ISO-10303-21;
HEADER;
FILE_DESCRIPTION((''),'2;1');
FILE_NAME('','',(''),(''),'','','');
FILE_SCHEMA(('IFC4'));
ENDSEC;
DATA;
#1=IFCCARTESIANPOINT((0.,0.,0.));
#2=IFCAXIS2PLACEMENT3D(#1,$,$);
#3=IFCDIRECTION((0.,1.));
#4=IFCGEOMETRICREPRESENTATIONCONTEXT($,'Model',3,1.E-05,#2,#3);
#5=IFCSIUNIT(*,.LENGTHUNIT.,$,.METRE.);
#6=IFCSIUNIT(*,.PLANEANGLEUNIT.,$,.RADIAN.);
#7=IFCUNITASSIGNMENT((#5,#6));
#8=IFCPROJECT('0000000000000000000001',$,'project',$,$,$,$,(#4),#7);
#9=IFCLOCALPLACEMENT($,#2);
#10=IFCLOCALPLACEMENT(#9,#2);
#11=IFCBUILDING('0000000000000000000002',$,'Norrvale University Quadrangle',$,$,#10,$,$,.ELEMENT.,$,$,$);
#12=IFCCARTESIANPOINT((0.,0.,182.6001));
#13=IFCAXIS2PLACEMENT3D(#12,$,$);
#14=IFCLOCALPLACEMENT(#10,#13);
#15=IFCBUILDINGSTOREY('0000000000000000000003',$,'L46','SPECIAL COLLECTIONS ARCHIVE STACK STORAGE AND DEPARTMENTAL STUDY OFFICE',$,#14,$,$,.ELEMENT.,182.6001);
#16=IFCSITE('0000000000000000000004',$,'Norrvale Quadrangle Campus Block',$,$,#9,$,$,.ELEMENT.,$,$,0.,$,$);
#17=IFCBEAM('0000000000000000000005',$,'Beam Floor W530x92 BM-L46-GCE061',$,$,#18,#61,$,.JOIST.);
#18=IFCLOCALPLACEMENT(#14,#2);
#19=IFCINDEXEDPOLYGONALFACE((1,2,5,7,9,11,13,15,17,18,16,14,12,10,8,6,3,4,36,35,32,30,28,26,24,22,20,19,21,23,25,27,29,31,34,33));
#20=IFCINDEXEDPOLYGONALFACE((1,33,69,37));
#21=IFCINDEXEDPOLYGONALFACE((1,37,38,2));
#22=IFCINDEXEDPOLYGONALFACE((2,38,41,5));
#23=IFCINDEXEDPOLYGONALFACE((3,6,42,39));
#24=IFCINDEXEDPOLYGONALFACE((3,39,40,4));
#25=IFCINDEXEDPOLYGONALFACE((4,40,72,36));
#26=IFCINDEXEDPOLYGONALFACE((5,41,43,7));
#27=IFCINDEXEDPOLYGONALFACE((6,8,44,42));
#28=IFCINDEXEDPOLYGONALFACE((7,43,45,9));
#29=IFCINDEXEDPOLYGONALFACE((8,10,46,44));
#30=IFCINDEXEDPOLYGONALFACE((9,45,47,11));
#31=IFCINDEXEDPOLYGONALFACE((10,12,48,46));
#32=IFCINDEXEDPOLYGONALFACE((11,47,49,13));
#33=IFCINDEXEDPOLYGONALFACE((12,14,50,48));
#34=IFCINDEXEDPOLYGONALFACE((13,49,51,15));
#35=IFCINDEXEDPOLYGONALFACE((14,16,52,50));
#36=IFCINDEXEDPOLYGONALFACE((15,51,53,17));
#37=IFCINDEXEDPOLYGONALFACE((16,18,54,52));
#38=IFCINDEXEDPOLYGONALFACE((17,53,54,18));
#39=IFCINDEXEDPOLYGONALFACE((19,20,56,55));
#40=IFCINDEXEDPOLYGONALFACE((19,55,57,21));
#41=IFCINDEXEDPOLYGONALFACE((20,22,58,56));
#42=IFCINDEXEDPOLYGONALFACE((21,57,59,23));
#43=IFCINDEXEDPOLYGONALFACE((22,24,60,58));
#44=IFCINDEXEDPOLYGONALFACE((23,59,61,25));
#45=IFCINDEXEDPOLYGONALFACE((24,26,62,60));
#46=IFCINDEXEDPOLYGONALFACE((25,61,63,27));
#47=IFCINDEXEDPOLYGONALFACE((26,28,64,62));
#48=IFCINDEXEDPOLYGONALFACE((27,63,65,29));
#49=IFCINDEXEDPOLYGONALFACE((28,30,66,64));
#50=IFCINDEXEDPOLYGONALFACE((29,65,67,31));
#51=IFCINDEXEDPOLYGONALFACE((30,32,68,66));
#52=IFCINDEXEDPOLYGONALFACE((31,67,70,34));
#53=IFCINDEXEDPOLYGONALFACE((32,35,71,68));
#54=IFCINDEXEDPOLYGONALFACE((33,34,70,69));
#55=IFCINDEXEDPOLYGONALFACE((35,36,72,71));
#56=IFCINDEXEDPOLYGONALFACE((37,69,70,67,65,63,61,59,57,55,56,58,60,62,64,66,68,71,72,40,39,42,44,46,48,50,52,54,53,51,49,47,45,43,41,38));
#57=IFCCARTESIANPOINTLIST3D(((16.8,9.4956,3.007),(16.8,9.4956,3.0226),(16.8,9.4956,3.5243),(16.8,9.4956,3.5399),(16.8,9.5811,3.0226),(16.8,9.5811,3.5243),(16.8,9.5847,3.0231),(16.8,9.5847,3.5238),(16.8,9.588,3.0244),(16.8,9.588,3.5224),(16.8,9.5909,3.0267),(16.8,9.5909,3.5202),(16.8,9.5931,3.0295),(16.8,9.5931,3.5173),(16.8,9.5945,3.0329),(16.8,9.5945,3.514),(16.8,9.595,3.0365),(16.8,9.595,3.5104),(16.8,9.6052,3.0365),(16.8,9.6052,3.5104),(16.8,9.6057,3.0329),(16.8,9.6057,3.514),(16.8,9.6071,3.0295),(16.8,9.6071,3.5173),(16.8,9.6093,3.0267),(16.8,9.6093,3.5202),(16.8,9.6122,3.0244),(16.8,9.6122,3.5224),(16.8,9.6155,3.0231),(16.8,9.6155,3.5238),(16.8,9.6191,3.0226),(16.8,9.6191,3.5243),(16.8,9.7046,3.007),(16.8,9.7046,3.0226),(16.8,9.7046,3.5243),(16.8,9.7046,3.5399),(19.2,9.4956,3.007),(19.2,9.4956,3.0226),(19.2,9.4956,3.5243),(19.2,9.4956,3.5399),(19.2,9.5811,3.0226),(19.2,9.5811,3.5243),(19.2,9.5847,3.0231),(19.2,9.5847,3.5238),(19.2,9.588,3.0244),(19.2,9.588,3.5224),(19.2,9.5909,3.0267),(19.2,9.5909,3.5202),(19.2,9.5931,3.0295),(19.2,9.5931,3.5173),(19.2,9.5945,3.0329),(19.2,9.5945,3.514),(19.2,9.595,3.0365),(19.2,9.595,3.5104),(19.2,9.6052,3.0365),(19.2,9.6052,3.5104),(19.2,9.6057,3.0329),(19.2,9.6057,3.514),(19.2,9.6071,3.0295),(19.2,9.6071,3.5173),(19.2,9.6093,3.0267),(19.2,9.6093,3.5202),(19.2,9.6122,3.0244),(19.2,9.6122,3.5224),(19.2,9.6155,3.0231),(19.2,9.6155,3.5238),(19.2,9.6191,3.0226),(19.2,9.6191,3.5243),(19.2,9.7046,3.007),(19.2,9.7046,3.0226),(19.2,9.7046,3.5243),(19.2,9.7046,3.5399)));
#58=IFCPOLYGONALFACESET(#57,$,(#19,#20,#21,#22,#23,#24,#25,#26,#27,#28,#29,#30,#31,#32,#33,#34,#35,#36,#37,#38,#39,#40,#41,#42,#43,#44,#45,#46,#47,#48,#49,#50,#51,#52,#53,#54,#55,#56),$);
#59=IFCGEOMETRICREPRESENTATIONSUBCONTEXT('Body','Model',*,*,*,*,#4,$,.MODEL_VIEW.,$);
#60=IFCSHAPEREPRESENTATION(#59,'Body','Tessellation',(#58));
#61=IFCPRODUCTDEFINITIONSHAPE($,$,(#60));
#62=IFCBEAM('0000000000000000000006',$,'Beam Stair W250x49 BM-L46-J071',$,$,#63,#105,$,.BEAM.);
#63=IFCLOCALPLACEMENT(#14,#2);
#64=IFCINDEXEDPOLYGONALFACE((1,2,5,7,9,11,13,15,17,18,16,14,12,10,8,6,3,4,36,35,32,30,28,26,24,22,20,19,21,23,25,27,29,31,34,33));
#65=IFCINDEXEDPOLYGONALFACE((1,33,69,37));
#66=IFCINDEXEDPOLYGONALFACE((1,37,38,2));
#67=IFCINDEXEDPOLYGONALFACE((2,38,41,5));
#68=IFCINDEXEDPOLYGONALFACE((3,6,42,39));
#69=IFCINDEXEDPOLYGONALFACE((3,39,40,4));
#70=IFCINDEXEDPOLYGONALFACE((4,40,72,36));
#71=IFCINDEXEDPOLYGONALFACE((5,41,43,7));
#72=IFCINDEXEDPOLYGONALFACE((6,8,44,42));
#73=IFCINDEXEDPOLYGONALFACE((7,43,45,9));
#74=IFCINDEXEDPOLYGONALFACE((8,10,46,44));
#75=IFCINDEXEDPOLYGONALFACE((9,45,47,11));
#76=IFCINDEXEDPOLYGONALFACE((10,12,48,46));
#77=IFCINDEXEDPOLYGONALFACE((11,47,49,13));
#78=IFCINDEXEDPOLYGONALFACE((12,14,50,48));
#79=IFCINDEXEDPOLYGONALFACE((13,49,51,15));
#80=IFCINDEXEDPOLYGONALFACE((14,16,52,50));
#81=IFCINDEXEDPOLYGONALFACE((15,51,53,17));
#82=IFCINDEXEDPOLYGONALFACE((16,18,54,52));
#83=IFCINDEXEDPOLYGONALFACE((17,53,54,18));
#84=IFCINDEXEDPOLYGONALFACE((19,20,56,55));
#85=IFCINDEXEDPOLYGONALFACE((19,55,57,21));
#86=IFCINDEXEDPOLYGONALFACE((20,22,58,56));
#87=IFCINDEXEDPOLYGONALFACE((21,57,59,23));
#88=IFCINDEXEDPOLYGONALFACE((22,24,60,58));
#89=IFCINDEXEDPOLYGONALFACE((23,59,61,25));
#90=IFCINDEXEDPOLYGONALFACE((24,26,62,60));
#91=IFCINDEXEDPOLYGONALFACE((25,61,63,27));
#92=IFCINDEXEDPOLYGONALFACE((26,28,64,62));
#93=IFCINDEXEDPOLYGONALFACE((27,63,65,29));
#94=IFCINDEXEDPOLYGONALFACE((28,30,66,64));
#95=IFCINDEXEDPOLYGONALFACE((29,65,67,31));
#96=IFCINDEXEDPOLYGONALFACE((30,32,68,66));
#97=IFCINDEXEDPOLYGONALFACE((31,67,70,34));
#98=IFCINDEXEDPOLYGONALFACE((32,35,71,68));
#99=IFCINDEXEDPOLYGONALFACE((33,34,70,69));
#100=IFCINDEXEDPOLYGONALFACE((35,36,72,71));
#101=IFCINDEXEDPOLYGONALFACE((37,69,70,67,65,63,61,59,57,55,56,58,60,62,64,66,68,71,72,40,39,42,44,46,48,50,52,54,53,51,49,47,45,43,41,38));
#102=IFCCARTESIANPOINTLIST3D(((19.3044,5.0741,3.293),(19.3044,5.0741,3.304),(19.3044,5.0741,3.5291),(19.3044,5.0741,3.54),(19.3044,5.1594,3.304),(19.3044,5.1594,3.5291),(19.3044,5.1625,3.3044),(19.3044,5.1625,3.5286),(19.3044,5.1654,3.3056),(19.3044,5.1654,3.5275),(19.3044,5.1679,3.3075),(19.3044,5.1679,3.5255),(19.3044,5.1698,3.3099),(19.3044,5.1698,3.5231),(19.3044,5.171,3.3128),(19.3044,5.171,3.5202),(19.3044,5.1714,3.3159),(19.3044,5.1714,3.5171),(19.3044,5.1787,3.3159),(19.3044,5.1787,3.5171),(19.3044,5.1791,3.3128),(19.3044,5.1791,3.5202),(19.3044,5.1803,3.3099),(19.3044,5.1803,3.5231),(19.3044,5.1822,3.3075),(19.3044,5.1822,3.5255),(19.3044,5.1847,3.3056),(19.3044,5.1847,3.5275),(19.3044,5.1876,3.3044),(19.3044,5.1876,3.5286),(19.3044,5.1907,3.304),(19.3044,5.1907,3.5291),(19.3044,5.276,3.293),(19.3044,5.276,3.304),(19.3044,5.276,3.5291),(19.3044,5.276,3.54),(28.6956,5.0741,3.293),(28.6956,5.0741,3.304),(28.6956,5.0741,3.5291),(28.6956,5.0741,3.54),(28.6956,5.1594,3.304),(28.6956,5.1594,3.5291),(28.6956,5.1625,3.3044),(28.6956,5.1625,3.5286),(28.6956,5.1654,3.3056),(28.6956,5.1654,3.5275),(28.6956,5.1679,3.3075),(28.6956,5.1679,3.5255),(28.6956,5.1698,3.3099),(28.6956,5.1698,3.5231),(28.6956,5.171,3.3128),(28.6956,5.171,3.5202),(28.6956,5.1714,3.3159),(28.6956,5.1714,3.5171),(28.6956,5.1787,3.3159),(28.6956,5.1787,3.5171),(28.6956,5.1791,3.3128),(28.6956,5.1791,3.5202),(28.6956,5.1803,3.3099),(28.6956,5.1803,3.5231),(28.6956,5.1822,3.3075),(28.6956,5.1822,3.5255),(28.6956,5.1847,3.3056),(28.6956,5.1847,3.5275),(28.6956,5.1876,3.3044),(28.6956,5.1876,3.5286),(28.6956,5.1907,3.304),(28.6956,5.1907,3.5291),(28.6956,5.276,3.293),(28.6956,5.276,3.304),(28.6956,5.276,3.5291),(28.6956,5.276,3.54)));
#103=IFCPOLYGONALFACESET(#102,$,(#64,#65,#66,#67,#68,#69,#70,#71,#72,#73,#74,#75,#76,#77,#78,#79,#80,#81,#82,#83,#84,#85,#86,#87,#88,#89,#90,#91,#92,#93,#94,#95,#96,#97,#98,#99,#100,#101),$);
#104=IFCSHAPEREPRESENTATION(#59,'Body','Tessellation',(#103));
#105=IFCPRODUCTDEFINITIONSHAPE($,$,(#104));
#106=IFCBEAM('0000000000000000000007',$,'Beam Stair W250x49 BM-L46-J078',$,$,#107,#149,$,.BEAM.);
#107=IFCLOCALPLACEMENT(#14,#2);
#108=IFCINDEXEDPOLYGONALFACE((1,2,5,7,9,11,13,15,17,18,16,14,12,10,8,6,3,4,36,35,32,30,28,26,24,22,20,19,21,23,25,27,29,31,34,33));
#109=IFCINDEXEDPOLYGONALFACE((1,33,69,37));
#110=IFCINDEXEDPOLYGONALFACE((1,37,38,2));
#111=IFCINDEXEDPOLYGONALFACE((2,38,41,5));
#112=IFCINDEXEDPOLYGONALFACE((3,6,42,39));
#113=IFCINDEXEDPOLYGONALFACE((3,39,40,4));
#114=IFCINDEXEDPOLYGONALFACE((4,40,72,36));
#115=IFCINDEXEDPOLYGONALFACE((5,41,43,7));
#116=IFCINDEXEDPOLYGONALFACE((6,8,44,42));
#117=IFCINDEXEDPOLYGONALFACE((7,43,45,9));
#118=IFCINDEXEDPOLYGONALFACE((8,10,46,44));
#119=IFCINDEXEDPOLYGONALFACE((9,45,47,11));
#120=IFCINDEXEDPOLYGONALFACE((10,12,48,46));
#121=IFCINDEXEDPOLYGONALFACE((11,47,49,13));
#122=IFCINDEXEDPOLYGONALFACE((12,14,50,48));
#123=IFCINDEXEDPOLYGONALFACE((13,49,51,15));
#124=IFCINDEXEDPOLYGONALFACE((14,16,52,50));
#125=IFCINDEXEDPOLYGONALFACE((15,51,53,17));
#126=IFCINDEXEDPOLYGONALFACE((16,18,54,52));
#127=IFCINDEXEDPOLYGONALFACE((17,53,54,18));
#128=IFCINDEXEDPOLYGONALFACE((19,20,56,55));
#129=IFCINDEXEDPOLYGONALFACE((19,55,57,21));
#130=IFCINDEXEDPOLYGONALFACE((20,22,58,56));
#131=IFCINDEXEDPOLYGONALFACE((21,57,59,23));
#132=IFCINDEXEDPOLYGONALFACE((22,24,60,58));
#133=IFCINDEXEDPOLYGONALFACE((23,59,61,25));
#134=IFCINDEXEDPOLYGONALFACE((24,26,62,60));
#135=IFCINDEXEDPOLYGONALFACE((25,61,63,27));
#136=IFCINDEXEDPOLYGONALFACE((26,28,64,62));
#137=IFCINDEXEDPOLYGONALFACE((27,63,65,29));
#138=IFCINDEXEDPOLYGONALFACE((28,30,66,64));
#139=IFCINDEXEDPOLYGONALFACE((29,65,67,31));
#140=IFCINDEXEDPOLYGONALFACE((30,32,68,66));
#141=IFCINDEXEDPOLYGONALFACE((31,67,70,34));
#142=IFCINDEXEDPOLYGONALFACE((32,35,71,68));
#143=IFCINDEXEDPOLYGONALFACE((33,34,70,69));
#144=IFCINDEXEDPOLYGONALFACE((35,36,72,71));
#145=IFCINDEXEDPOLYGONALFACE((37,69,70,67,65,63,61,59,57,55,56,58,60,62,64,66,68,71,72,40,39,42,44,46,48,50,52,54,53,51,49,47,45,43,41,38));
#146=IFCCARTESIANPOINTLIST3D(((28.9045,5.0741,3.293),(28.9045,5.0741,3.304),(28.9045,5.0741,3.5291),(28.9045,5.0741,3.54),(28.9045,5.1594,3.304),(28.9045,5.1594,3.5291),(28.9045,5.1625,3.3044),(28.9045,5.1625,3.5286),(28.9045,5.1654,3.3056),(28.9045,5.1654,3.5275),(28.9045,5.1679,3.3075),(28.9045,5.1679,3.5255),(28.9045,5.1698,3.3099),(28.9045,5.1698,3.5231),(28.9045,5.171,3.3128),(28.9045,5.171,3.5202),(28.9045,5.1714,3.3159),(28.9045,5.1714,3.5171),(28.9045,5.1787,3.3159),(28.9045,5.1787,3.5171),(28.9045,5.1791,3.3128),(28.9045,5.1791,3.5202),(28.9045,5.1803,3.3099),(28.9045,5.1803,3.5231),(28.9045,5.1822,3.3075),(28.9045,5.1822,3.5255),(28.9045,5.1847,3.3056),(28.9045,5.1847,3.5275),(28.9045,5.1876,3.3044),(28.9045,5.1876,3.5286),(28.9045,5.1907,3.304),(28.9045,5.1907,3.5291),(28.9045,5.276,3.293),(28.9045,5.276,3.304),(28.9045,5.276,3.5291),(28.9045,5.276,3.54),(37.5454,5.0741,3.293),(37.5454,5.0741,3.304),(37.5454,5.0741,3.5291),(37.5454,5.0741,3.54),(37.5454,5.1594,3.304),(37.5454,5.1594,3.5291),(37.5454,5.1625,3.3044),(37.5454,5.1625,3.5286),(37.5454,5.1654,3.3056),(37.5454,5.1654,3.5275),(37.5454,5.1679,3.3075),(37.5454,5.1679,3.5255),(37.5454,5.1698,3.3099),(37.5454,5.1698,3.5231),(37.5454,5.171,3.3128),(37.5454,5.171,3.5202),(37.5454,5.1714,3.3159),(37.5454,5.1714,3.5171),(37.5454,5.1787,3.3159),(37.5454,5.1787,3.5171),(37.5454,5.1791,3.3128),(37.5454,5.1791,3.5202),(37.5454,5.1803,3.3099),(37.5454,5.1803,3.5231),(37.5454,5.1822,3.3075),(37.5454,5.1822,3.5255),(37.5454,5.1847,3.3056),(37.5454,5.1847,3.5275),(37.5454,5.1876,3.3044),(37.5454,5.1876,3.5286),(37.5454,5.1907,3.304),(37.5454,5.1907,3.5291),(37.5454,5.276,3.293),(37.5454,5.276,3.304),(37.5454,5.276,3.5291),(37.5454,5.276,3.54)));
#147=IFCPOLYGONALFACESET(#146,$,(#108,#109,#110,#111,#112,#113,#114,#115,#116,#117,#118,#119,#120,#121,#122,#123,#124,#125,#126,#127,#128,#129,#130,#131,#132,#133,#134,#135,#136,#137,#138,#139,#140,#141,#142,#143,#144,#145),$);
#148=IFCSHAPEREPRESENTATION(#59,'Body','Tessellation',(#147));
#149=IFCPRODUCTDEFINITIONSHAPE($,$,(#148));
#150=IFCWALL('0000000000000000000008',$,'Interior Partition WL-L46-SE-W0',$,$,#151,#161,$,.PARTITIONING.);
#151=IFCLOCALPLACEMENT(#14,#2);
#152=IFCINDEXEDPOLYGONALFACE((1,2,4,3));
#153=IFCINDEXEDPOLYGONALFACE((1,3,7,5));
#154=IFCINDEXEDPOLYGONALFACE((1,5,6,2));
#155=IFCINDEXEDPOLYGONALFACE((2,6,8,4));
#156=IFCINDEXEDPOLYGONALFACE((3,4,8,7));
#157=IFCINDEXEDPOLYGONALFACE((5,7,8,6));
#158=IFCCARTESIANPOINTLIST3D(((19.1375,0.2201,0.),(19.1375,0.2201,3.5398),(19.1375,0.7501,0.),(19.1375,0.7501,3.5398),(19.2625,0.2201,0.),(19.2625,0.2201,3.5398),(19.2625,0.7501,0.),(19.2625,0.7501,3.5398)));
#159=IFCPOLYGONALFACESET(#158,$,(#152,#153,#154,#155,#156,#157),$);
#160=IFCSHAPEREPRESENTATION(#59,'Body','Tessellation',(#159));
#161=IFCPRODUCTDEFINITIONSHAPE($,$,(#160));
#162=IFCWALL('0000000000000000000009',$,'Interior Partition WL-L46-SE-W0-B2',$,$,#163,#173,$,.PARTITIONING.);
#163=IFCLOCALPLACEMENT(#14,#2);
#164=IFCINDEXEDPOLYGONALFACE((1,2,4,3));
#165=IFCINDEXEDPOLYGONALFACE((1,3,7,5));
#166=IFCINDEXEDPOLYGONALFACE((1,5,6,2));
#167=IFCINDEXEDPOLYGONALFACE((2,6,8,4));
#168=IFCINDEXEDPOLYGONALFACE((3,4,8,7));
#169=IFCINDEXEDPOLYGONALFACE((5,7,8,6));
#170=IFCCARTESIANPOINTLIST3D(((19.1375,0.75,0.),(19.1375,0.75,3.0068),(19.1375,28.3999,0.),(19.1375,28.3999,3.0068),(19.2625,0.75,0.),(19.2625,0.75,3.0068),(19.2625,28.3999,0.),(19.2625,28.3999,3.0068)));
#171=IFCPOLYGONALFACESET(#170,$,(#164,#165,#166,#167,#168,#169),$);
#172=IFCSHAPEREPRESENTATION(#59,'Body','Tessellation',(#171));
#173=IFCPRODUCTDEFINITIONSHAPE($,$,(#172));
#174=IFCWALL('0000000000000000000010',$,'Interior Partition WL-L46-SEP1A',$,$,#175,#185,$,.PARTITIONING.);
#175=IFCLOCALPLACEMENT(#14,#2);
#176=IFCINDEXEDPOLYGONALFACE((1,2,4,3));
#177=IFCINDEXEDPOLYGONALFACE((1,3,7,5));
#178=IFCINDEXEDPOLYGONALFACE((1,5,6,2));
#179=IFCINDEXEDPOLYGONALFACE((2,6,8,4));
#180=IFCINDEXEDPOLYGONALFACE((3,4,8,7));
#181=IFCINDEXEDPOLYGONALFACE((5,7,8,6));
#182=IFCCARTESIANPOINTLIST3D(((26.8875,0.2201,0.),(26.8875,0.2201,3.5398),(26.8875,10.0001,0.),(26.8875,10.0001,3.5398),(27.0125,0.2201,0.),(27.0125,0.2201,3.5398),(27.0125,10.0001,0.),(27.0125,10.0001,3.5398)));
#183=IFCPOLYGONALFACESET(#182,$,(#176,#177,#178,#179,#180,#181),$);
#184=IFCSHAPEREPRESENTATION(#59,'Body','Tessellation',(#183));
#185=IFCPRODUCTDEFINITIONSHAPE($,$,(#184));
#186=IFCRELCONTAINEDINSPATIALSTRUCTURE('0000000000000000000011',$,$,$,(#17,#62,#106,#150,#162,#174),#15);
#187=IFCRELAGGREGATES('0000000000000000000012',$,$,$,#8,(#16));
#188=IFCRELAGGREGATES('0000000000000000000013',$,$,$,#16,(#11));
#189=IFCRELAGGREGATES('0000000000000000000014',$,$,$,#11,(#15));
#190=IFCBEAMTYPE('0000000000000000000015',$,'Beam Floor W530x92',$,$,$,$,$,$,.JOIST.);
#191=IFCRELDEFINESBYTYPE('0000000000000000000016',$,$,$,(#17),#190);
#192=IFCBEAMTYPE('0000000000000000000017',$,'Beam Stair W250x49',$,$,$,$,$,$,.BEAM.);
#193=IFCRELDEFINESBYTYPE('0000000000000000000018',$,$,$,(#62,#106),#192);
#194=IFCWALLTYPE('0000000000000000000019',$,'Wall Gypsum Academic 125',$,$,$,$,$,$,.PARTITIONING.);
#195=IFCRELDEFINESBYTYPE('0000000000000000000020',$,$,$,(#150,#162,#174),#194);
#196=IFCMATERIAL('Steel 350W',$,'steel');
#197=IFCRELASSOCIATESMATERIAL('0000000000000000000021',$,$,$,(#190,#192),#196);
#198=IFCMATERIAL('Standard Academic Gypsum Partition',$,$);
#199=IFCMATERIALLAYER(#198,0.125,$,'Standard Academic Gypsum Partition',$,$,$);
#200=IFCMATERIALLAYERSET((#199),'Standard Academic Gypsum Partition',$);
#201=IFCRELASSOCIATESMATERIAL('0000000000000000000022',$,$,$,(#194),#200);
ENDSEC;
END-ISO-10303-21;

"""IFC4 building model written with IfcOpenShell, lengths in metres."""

from ifc_helpers import new_model, si_unit, direction, frame, frame_2d, origin, origin_2d, place, context, subcontext, project, spatial, rectangle, i_section, extrude, material, layer, layer_set, material_profile, profile_set, type_object, element, save


model = new_model("IFC4")

# Units and contexts
model_context = context("Model", 3, precision=1e-05, world=origin(), true_north=direction((0.0, 1.0)))
body_context = subcontext(model_context, "Body", "Model", "MODEL_VIEW")
ifc_project = project(units=[si_unit("LENGTHUNIT", "METRE"), si_unit("PLANEANGLEUNIT", "RADIAN")], contexts=[model_context])

# Site, building, storey
site_placement = place(None, origin())
site = spatial("IfcSite", under=ifc_project, at=site_placement, Name="Norrvale Quadrangle Campus Block", CompositionType="ELEMENT", RefElevation=0.0)
building_placement = place(site_placement, origin())
building = spatial("IfcBuilding", under=site, at=building_placement, Name="Norrvale University Quadrangle", CompositionType="ELEMENT")
storey_placement = place(building_placement, frame((0.0, 0.0, 182.6001)))
storey = spatial("IfcBuildingStorey", under=building, at=storey_placement, Name="L46", Description="SPECIAL COLLECTIONS ARCHIVE STACK STORAGE AND DEPARTMENTAL STUDY OFFICE", CompositionType="ELEMENT", Elevation=182.6001)

# Beams
ifc_material_1 = material(Name="Steel 350W", Category="steel")
ifc_material_profile_1 = material_profile(ifc_material_1, i_section(OverallWidth=0.209, OverallDepth=0.533, WebThickness=0.0103, FlangeThickness=0.0156, FilletRadius=0.0139, at=origin_2d()), Name="Steel 350W")
ifc_profile_set_1 = profile_set([ifc_material_profile_1], Name="Steel 350W")
beam_type_1 = type_object("IfcBeamType", Name="Beam Floor W530x92", PredefinedType="JOIST", material=ifc_profile_set_1)
beam_1_placement = place(storey_placement, frame((16.8, 9.6001, 3.2734), z_axis=(1.0, 0.0, 0.0), x_axis=(0.0, 1.0, 0.0)))
element("IfcBeam", 1, at=beam_1_placement, inside=storey, type_object=beam_type_1, Name="Beam Floor W530x92 BM-L46-GCE061", PredefinedType="JOIST", context=body_context, shape_type="SweptSolid", body=[
    extrude(i_section(OverallWidth=0.209, OverallDepth=0.533, WebThickness=0.0103, FlangeThickness=0.0156, FilletRadius=0.0139, at=origin_2d()), origin(), (0.0, 0.0, 1.0), 2.3999),
])
ifc_material_profile_2 = material_profile(ifc_material_1, i_section(OverallWidth=0.2019, OverallDepth=0.2471, WebThickness=0.0073, FlangeThickness=0.011, FilletRadius=0.012, at=origin_2d()), Name="Steel 350W")
ifc_profile_set_2 = profile_set([ifc_material_profile_2], Name="Steel 350W")
beam_type_2 = type_object("IfcBeamType", Name="Beam Stair W250x49", PredefinedType="BEAM", material=ifc_profile_set_2)
beam_2_placement = place(storey_placement, frame((19.3044, 5.175, 3.4165), z_axis=(1.0, 0.0, 0.0), x_axis=(0.0, 1.0, 0.0)))
element("IfcBeam", 2, at=beam_2_placement, inside=storey, type_object=beam_type_2, Name="Beam Stair W250x49 BM-L46-J071", PredefinedType="BEAM", context=body_context, shape_type="SweptSolid", body=[
    extrude(i_section(OverallWidth=0.2019, OverallDepth=0.2471, WebThickness=0.0073, FlangeThickness=0.011, FilletRadius=0.012, at=origin_2d()), origin(), (0.0, 0.0, 1.0), 9.3911),
])
beam_3_placement = place(storey_placement, frame((28.9045, 5.175, 3.4165), z_axis=(1.0, 0.0, 0.0), x_axis=(0.0, 1.0, 0.0)))
element("IfcBeam", 3, at=beam_3_placement, inside=storey, type_object=beam_type_2, Name="Beam Stair W250x49 BM-L46-J078", PredefinedType="BEAM", context=body_context, shape_type="SweptSolid", body=[
    extrude(i_section(OverallWidth=0.2019, OverallDepth=0.2471, WebThickness=0.0073, FlangeThickness=0.011, FilletRadius=0.012, at=origin_2d()), origin(), (0.0, 0.0, 1.0), 8.6409),
])

# Walls
ifc_material_2 = material(Name="Standard Academic Gypsum Partition")
ifc_layer_1 = layer(ifc_material_2, 0.125, Name="Standard Academic Gypsum Partition")
ifc_layer_set_1 = layer_set([ifc_layer_1], Name="Standard Academic Gypsum Partition")
wall_type_1 = type_object("IfcWallType", Name="Wall Gypsum Academic 125", PredefinedType="PARTITIONING", material=ifc_layer_set_1)
wall_1_placement = place(storey_placement, frame((19.2, 0.22, 0.0), z_axis=(0.0, 0.0, 1.0), x_axis=(0.0, 1.0, 0.0)))
element("IfcWall", 4, at=wall_1_placement, inside=storey, type_object=wall_type_1, Name="Interior Partition WL-L46-SE-W0", PredefinedType="PARTITIONING", context=body_context, shape_type="SweptSolid", body=[
    extrude(rectangle(XDim=0.53, YDim=0.125, at=frame_2d((0.2651, 0.0))), origin(), (0.0, 0.0, 1.0), 3.5398),
])
wall_2_placement = place(storey_placement, frame((19.2, 0.75, 0.0), z_axis=(0.0, 0.0, 1.0), x_axis=(0.0, 1.0, 0.0)))
element("IfcWall", 5, at=wall_2_placement, inside=storey, type_object=wall_type_1, Name="Interior Partition WL-L46-SE-W0-B2", PredefinedType="PARTITIONING", context=body_context, shape_type="SweptSolid", body=[
    extrude(rectangle(XDim=27.6499, YDim=0.125, at=frame_2d((13.825, 0.0))), origin(), (0.0, 0.0, 1.0), 3.0068),
])
wall_3_placement = place(storey_placement, frame((26.95, 0.22, 0.0), z_axis=(0.0, 0.0, 1.0), x_axis=(0.0, 1.0, 0.0)))
element("IfcWall", 6, at=wall_3_placement, inside=storey, type_object=wall_type_1, Name="Interior Partition WL-L46-SEP1A", PredefinedType="PARTITIONING", context=body_context, shape_type="SweptSolid", body=[
    extrude(rectangle(XDim=9.78, YDim=0.125, at=frame_2d((4.8901, 0.0))), origin(), (0.0, 0.0, 1.0), 3.5398),
])

save(model, "model.ifc")
